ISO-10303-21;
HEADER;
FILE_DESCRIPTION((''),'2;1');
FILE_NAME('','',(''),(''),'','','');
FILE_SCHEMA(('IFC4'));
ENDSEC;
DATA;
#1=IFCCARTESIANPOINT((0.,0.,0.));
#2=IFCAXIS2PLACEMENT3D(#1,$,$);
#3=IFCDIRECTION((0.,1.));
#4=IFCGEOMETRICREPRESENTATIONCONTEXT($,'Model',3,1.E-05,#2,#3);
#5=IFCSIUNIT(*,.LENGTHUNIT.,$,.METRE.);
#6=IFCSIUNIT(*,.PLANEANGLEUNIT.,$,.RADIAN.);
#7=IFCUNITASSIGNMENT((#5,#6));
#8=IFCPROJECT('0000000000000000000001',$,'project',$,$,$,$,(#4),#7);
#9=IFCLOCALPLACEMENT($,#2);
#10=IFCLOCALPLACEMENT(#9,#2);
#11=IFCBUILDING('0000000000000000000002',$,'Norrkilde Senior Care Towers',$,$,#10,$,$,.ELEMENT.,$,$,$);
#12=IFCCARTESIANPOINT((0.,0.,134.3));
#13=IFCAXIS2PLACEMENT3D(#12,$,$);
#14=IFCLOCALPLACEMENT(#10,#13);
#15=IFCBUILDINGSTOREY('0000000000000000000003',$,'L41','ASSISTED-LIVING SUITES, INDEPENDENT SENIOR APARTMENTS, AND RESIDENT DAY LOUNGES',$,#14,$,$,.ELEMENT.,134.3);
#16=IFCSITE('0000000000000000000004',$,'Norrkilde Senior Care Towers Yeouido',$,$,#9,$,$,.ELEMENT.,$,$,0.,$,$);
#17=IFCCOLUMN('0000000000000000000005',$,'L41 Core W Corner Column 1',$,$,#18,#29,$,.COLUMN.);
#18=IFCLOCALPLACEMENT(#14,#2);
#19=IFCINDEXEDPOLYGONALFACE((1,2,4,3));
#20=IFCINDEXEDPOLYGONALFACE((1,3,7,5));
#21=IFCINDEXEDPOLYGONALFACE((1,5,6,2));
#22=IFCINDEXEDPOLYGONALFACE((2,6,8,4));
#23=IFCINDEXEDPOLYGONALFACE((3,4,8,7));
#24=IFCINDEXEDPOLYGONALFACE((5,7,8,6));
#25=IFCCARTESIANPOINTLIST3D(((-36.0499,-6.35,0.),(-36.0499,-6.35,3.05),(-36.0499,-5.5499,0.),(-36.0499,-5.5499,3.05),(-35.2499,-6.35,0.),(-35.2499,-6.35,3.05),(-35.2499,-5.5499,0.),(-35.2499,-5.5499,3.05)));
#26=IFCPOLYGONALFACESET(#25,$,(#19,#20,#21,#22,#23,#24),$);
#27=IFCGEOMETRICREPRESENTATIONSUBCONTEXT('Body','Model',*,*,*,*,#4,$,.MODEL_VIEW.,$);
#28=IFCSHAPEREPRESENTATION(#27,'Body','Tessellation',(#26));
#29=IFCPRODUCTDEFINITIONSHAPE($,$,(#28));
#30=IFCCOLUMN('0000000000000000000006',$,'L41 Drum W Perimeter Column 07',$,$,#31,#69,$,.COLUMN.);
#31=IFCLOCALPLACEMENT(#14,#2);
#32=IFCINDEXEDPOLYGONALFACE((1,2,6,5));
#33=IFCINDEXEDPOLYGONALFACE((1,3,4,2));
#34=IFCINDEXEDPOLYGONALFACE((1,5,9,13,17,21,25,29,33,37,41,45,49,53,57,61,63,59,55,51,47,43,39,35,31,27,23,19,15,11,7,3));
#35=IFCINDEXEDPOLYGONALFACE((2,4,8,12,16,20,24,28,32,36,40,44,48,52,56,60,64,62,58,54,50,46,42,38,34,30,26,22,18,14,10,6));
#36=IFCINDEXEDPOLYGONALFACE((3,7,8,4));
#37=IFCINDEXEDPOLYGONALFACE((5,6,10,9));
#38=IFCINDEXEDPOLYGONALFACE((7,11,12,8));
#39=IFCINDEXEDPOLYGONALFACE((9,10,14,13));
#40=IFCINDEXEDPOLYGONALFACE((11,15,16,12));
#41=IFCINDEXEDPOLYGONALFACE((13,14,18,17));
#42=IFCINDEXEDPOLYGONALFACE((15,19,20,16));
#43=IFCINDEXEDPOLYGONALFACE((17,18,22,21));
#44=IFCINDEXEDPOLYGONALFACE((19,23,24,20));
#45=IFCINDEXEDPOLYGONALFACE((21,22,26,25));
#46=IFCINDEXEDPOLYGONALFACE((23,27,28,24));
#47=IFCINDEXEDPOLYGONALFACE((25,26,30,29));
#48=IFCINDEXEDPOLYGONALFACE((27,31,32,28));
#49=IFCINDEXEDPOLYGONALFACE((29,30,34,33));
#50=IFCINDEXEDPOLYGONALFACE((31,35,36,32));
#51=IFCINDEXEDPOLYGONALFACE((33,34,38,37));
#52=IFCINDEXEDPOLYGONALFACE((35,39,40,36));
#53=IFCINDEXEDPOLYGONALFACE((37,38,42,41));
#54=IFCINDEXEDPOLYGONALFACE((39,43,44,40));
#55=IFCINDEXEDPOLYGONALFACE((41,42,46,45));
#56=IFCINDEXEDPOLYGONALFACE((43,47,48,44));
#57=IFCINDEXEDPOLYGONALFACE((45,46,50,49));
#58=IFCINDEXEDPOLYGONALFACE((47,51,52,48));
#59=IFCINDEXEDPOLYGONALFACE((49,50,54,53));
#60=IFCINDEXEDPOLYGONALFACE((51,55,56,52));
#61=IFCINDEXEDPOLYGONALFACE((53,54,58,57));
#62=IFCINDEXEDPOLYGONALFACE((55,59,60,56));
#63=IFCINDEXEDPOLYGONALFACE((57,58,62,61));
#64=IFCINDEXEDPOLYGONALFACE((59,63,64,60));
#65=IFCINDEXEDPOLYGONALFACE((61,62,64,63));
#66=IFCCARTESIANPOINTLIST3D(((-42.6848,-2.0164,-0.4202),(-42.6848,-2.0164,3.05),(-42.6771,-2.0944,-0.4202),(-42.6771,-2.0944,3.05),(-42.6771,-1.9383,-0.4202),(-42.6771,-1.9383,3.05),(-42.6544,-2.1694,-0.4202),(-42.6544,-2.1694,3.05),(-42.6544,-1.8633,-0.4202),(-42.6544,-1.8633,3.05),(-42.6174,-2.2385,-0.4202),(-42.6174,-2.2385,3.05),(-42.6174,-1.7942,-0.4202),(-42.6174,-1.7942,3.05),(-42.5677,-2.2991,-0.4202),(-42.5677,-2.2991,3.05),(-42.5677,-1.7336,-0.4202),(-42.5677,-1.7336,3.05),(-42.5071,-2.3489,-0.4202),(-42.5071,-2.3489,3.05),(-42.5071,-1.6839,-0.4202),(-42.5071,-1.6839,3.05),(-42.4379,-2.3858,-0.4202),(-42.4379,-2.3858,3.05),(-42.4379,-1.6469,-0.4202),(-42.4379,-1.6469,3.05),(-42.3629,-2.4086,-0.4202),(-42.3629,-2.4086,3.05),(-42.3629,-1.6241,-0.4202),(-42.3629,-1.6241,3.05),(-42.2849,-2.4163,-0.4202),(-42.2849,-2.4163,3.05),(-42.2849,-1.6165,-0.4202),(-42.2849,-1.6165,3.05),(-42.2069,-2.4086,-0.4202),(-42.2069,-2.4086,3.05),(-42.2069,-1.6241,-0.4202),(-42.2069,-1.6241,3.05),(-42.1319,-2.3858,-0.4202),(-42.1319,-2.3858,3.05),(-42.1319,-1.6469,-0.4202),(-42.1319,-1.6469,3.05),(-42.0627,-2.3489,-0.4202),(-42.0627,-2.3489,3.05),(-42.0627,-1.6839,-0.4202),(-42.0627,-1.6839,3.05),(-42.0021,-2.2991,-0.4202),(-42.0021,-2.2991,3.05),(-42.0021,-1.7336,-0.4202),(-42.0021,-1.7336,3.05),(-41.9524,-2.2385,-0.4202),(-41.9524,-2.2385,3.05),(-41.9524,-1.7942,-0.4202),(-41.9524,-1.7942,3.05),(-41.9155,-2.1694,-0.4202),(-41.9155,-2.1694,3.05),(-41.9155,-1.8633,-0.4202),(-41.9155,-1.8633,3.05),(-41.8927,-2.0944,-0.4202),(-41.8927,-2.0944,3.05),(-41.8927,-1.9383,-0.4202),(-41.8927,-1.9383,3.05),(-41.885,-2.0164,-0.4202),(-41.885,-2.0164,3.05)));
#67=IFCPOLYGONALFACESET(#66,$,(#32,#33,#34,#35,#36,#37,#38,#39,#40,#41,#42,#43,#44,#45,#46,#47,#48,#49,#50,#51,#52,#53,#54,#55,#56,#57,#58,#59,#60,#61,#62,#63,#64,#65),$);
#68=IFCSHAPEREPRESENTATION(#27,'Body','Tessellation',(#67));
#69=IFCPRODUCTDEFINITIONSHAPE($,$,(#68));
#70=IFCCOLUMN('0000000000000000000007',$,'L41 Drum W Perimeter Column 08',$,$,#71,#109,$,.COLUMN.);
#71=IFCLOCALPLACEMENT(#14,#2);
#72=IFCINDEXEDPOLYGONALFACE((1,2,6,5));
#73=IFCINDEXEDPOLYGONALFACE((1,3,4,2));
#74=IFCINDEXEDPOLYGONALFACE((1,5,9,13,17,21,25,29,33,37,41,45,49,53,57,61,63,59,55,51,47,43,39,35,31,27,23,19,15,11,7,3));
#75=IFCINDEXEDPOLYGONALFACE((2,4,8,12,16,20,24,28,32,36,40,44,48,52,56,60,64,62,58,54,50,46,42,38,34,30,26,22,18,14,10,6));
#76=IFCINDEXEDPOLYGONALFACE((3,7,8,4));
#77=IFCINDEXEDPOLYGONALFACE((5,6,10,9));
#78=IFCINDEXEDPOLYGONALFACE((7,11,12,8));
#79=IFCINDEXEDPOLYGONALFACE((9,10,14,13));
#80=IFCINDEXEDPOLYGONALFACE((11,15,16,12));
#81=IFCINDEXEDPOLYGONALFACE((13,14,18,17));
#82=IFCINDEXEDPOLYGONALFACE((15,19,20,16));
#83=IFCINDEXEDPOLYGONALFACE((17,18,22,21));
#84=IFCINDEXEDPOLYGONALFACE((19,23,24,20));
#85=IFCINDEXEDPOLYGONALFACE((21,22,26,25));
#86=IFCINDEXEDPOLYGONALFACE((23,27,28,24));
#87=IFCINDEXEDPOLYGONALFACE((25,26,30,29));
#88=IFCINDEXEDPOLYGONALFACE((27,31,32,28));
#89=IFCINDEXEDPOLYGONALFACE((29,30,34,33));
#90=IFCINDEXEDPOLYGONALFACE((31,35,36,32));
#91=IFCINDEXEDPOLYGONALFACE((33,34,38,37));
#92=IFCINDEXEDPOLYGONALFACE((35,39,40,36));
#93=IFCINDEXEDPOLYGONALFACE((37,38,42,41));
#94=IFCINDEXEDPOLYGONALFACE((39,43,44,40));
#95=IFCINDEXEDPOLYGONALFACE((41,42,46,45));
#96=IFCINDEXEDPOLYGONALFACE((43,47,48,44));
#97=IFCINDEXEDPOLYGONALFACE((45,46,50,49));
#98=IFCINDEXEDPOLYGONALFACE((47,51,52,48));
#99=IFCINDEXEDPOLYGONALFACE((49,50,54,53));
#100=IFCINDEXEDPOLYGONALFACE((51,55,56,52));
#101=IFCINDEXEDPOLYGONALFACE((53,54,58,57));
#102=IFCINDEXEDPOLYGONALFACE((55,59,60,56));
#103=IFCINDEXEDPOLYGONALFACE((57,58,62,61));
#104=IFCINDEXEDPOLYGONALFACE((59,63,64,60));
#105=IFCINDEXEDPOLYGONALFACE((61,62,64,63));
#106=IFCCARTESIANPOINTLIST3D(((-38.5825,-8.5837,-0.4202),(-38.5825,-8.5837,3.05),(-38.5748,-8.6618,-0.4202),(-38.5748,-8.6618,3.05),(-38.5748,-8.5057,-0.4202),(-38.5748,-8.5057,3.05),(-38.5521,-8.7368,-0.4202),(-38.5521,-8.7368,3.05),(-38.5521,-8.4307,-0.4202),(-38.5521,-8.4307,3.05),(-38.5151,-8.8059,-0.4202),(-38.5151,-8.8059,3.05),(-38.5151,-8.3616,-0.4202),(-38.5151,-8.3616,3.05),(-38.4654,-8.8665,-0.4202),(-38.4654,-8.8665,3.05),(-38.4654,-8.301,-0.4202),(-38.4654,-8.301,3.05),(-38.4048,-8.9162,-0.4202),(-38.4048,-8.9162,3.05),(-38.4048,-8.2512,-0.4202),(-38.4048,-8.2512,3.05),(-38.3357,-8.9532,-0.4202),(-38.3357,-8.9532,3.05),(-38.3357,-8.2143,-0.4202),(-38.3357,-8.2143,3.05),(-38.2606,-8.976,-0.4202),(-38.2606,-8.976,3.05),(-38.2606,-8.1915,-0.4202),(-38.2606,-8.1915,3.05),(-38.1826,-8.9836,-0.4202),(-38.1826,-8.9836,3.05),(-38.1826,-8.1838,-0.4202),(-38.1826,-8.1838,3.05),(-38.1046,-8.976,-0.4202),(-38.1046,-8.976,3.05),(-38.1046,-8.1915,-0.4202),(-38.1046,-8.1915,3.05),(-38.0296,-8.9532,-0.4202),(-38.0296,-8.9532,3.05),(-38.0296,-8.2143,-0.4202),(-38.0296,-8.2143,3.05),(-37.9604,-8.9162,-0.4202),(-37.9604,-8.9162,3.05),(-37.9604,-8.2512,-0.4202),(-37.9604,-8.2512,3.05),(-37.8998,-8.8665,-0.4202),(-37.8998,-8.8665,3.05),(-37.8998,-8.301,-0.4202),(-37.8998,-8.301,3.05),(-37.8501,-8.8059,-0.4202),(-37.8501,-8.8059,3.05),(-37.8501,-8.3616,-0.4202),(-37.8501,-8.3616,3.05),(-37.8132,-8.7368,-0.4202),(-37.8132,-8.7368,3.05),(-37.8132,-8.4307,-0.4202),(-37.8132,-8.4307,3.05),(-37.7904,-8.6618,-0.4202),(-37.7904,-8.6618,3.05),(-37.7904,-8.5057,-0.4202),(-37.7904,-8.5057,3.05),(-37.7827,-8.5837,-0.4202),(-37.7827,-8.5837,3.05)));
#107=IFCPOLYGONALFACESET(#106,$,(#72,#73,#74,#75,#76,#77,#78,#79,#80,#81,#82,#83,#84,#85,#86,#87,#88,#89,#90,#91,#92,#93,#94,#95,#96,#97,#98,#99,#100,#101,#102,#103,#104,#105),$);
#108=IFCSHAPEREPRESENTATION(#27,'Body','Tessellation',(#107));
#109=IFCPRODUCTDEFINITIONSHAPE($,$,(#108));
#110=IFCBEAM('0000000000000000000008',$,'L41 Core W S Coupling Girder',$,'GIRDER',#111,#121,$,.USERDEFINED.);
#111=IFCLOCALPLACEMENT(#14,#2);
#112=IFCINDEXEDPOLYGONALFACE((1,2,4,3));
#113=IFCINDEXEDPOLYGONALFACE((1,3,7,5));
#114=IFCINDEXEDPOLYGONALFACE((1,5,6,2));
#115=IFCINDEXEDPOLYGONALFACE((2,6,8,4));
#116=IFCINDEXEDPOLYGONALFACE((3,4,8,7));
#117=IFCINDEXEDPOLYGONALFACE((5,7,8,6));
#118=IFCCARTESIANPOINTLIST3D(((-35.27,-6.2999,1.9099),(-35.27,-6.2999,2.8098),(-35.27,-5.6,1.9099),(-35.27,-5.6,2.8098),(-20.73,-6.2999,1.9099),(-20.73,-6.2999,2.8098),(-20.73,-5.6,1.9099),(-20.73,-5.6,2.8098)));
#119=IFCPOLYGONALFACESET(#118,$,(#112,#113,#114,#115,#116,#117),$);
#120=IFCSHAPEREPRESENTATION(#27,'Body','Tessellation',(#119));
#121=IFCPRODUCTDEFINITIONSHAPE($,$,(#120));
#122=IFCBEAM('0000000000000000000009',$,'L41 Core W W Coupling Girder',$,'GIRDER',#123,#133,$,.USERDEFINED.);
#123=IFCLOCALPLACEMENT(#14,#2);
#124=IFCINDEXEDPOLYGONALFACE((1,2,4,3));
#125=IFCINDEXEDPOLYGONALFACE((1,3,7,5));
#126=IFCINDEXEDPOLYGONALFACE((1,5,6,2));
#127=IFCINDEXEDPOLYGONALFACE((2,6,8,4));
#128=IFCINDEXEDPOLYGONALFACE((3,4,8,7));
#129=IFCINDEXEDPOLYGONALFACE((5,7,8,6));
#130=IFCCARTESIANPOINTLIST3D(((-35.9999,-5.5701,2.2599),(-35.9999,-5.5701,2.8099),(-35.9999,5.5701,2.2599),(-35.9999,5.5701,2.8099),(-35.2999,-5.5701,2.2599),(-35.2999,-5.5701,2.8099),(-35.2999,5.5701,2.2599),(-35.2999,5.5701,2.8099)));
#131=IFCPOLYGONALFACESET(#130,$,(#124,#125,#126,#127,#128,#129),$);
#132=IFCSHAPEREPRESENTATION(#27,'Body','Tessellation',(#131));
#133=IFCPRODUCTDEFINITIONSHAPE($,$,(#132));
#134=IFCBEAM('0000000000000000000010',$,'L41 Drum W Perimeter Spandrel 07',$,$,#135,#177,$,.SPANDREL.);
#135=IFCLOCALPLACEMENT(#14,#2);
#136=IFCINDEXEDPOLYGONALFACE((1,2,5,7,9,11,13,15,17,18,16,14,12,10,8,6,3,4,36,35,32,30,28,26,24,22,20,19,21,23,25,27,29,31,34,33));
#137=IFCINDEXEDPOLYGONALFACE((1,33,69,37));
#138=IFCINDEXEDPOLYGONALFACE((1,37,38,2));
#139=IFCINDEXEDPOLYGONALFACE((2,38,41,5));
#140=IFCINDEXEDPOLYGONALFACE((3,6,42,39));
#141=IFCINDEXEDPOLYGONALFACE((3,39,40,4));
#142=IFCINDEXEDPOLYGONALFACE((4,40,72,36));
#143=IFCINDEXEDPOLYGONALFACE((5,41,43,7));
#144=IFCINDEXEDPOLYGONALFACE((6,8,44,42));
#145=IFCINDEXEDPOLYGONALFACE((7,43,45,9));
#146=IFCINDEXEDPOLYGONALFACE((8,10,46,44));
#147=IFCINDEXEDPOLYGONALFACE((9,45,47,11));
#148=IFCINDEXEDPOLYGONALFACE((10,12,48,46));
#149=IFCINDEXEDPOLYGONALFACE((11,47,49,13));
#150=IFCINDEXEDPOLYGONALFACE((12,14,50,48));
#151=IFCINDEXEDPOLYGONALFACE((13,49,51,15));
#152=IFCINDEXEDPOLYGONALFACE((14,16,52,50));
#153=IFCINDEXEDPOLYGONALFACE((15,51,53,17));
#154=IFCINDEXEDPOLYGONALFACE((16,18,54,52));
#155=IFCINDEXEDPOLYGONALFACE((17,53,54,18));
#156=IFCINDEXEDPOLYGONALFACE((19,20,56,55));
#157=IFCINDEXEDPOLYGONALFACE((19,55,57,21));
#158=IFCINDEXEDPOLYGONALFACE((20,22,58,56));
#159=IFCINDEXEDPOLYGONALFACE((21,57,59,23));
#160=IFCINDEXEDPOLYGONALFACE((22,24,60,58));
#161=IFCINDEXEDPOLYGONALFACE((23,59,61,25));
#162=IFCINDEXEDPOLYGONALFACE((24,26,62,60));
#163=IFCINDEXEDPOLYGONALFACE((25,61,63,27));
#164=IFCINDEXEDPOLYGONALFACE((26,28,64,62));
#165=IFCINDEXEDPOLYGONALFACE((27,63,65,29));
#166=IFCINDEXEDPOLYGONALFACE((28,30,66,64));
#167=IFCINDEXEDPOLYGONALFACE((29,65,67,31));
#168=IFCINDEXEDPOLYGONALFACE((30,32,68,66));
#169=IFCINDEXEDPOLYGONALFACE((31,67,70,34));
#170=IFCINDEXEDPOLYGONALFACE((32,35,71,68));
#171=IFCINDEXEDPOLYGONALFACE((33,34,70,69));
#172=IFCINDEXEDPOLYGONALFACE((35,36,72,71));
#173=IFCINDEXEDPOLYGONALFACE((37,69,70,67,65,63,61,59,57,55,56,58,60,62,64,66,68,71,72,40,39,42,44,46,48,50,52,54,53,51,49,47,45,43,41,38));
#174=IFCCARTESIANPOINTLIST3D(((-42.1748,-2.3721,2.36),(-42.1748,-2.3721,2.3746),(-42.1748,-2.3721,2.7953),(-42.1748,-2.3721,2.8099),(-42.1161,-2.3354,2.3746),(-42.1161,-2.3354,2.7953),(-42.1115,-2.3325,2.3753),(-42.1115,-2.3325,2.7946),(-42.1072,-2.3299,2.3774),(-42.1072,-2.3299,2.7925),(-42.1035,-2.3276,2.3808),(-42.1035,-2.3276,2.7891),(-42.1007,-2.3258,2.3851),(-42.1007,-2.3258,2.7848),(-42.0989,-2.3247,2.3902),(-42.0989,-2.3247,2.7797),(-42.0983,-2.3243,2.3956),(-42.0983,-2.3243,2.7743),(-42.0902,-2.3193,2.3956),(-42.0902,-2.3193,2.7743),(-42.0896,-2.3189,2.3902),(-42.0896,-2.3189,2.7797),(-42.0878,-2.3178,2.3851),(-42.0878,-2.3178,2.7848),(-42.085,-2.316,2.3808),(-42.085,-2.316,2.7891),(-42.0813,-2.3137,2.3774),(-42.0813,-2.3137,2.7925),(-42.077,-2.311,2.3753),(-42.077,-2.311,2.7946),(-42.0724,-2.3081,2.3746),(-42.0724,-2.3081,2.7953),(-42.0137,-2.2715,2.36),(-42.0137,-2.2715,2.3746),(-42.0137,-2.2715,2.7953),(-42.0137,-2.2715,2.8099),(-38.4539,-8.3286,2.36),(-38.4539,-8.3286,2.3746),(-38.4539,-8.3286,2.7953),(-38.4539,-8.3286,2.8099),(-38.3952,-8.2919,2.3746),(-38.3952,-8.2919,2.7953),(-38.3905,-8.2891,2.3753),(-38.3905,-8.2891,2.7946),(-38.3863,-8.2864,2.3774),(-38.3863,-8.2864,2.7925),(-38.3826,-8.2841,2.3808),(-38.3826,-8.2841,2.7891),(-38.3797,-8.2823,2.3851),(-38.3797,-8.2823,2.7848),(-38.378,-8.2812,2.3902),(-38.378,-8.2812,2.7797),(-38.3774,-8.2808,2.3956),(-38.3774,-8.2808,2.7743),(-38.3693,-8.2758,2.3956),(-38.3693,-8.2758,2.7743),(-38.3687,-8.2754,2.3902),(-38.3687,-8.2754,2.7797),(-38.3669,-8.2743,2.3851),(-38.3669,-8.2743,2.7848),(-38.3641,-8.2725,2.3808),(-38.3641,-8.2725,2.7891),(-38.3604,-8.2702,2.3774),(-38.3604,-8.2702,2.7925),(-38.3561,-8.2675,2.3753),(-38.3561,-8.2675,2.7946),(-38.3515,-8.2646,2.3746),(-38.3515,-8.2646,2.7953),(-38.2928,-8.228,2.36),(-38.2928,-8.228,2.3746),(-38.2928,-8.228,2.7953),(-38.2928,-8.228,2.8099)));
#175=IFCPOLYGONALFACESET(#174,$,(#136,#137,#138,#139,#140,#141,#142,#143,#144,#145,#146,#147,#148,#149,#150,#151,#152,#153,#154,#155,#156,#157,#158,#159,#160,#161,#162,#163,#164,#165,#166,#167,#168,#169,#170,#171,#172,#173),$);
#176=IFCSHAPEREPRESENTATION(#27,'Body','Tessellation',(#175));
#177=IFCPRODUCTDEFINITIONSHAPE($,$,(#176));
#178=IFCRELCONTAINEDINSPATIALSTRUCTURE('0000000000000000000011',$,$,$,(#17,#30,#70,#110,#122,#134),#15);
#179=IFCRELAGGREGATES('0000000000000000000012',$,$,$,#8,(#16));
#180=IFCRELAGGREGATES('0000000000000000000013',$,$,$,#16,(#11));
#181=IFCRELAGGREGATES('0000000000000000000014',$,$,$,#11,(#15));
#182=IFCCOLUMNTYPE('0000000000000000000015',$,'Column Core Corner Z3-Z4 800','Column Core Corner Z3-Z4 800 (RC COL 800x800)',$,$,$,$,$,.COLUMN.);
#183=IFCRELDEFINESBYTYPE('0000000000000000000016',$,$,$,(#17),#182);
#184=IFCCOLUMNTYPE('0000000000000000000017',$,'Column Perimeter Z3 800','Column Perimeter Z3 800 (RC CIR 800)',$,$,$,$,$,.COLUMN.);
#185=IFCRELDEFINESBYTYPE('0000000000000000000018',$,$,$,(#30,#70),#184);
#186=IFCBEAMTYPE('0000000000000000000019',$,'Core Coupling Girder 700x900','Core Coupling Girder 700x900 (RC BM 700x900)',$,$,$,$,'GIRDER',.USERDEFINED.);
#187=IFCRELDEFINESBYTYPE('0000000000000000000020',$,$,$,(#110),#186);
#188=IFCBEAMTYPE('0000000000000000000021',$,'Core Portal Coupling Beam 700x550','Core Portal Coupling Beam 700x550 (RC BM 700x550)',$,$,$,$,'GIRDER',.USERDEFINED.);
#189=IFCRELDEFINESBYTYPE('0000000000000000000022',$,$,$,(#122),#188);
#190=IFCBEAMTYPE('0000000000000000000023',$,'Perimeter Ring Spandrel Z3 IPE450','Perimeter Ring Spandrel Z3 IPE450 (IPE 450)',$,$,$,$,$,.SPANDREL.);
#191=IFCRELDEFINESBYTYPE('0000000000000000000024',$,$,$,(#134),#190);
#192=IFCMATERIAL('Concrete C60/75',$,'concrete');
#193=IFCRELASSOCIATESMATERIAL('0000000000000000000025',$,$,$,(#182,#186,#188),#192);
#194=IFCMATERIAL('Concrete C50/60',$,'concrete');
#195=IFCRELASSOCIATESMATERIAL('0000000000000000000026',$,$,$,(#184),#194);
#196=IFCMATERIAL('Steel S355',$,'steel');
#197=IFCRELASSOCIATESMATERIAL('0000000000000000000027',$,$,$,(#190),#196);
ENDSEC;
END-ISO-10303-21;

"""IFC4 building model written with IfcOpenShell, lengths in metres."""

from ifc_helpers import new_model, si_unit, direction, frame, origin, origin_2d, place, context, subcontext, project, spatial, rectangle, circle, i_section, extrude, source, transform, mapped, material, material_profile, profile_set, type_object, type_shapes, element, save


model = new_model("IFC4")

# Units and contexts
model_context = context("Model", 3, precision=1e-05, world=origin(), true_north=direction((0.0, 1.0)))
body_context = subcontext(model_context, "Body", "Model", "MODEL_VIEW")
ifc_project = project(units=[si_unit("LENGTHUNIT", "METRE"), si_unit("PLANEANGLEUNIT", "RADIAN")], contexts=[model_context])

# Site, building, storey
site_placement = place(None, origin())
site = spatial("IfcSite", under=ifc_project, at=site_placement, Name="Norrkilde Senior Care Towers Yeouido", CompositionType="ELEMENT", RefElevation=0.0)
building_placement = place(site_placement, origin())
building = spatial("IfcBuilding", under=site, at=building_placement, Name="Norrkilde Senior Care Towers", CompositionType="ELEMENT")
storey_placement = place(building_placement, frame((0.0, 0.0, 134.3)))
storey = spatial("IfcBuildingStorey", under=building, at=storey_placement, Name="L41", Description="ASSISTED-LIVING SUITES, INDEPENDENT SENIOR APARTMENTS, AND RESIDENT DAY LOUNGES", CompositionType="ELEMENT", Elevation=134.3)

# Columns
ifc_material_1 = material(Name="Concrete C60/75", Category="concrete")
ifc_material_profile_1 = material_profile(ifc_material_1, rectangle(XDim=0.8, YDim=0.8, at=origin_2d()), Name="RC COL 800x800")
ifc_profile_set_1 = profile_set([ifc_material_profile_1], Name="Concrete C60/75")
column_type_1 = type_object("IfcColumnType", Name="Column Core Corner Z3-Z4 800", Description="Column Core Corner Z3-Z4 800 (RC COL 800x800)", PredefinedType="COLUMN", material=ifc_profile_set_1)
shared_shape_1 = source(origin(), body_context, "Body", "SweptSolid", [
    extrude(rectangle(XDim=0.8, YDim=0.8, at=origin_2d()), origin(), (0.0, 0.0, 1.0), 3.05),
])
type_shapes(column_type_1, [shared_shape_1])
column_placement = place(storey_placement, frame((-35.6499, -5.95, 0.0), z_axis=(0.0, 0.0, 1.0), x_axis=(1.0, 0.0, 0.0)))
element("IfcColumn", 1, at=column_placement, inside=storey, type_object=column_type_1, Name="L41 Core W Corner Column 1", PredefinedType="COLUMN", context=body_context, shape_type="MappedRepresentation", body=[
    mapped(shared_shape_1, transform((0.0, 0.0, 0.0), x_axis=(1.0, 0.0, 0.0), y_axis=(0.0, 1.0, 0.0), z_axis=(0.0, 0.0, 1.0), scale=1.0)),
])
ifc_material_2 = material(Name="Concrete C50/60", Category="concrete")
ifc_material_profile_2 = material_profile(ifc_material_2, circle(Radius=0.3999, at=origin_2d()), Name="RC CIR 800")
ifc_profile_set_2 = profile_set([ifc_material_profile_2], Name="Concrete C50/60")
column_type_2 = type_object("IfcColumnType", Name="Column Perimeter Z3 800", Description="Column Perimeter Z3 800 (RC CIR 800)", PredefinedType="COLUMN", material=ifc_profile_set_2)
shared_shape_2 = source(origin(), body_context, "Body", "SweptSolid", [
    extrude(circle(Radius=0.3999, at=origin_2d()), origin(), (0.0, 0.0, 1.0), 3.4702),
])
type_shapes(column_type_2, [shared_shape_2])
for number, where, z_axis, x_axis, name in (
    (2, (-42.2849, -2.0164, -0.4202), (0.0, 0.0, 1.0), (1.0, 0.0, 0.0), "L41 Drum W Perimeter Column 07"),
    (3, (-38.1826, -8.5837, -0.4202), (0.0, 0.0, 1.0), (1.0, 0.0, 0.0), "L41 Drum W Perimeter Column 08"),
):
    element("IfcColumn", number, at=place(storey_placement, frame(where, z_axis=z_axis, x_axis=x_axis)), inside=storey, type_object=column_type_2, Name=name, PredefinedType="COLUMN", context=body_context, shape_type="MappedRepresentation", body=[
        mapped(shared_shape_2, transform((0.0, 0.0, 0.0), x_axis=(1.0, 0.0, 0.0), y_axis=(0.0, 1.0, 0.0), z_axis=(0.0, 0.0, 1.0), scale=1.0)),
    ])

# Beams
ifc_material_profile_3 = material_profile(ifc_material_1, rectangle(XDim=0.7, YDim=0.8999, at=origin_2d()), Name="RC BM 700x900")
ifc_profile_set_3 = profile_set([ifc_material_profile_3], Name="Concrete C60/75")
beam_type_1 = type_object("IfcBeamType", Name="Core Coupling Girder 700x900", Description="Core Coupling Girder 700x900 (RC BM 700x900)", ElementType="GIRDER", PredefinedType="USERDEFINED", material=ifc_profile_set_3)
shared_shape_3 = source(origin(), body_context, "Body", "SweptSolid", [
    extrude(rectangle(XDim=0.7, YDim=0.8999, at=origin_2d()), origin(), (0.0, 0.0, 1.0), 14.54),
])
type_shapes(beam_type_1, [shared_shape_3])
beam_1_placement = place(storey_placement, frame((-35.27, -5.95, 2.3599), z_axis=(1.0, 0.0, 0.0), x_axis=(0.0, 1.0, 0.0)))
element("IfcBeam", 4, at=beam_1_placement, inside=storey, type_object=beam_type_1, Name="L41 Core W S Coupling Girder", ObjectType="GIRDER", PredefinedType="USERDEFINED", context=body_context, shape_type="MappedRepresentation", body=[
    mapped(shared_shape_3, transform((0.0, 0.0, 0.0), x_axis=(1.0, 0.0, 0.0), y_axis=(0.0, 1.0, 0.0), z_axis=(0.0, 0.0, 1.0), scale=1.0)),
])
ifc_material_profile_4 = material_profile(ifc_material_1, rectangle(XDim=0.7, YDim=0.55, at=origin_2d()), Name="RC BM 700x550")
ifc_profile_set_4 = profile_set([ifc_material_profile_4], Name="Concrete C60/75")
beam_type_2 = type_object("IfcBeamType", Name="Core Portal Coupling Beam 700x550", Description="Core Portal Coupling Beam 700x550 (RC BM 700x550)", ElementType="GIRDER", PredefinedType="USERDEFINED", material=ifc_profile_set_4)
shared_shape_4 = source(origin(), body_context, "Body", "SweptSolid", [
    extrude(rectangle(XDim=0.7, YDim=0.55, at=origin_2d()), origin(), (0.0, 0.0, 1.0), 11.1401),
])
type_shapes(beam_type_2, [shared_shape_4])
beam_2_placement = place(storey_placement, frame((-35.6499, -5.5701, 2.5349), z_axis=(0.0, 1.0, 0.0), x_axis=(-1.0, 0.0, 0.0)))
element("IfcBeam", 5, at=beam_2_placement, inside=storey, type_object=beam_type_2, Name="L41 Core W W Coupling Girder", ObjectType="GIRDER", PredefinedType="USERDEFINED", context=body_context, shape_type="MappedRepresentation", body=[
    mapped(shared_shape_4, transform((0.0, 0.0, 0.0), x_axis=(1.0, 0.0, 0.0), y_axis=(0.0, 1.0, 0.0), z_axis=(0.0, 0.0, 1.0), scale=1.0)),
])
ifc_material_3 = material(Name="Steel S355", Category="steel")
ifc_material_profile_5 = material_profile(ifc_material_3, i_section(OverallWidth=0.1899, OverallDepth=0.45, WebThickness=0.0095, FlangeThickness=0.0146, FilletRadius=0.021, at=origin_2d()), Name="IPE 450")
ifc_profile_set_5 = profile_set([ifc_material_profile_5], Name="Steel S355")
beam_type_3 = type_object("IfcBeamType", Name="Perimeter Ring Spandrel Z3 IPE450", Description="Perimeter Ring Spandrel Z3 IPE450 (IPE 450)", PredefinedType="SPANDREL", material=ifc_profile_set_5)
shared_shape_5 = source(origin(), body_context, "Body", "SweptSolid", [
    extrude(i_section(OverallWidth=0.1899, OverallDepth=0.45, WebThickness=0.0095, FlangeThickness=0.0146, FilletRadius=0.021, at=origin_2d()), origin(), (0.0, 0.0, 1.0), 7.0232),
])
beam_3_placement = place(storey_placement, frame((-42.0942, -2.3218, 2.585), z_axis=(0.529805, -0.848119, 0.0), x_axis=(0.848119, 0.529805, 0.0)))
element("IfcBeam", 6, at=beam_3_placement, inside=storey, type_object=beam_type_3, Name="L41 Drum W Perimeter Spandrel 07", PredefinedType="SPANDREL", context=body_context, shape_type="MappedRepresentation", body=[
    mapped(shared_shape_5, transform((0.0, 0.0, 0.0), x_axis=(1.0, 0.0, 0.0), y_axis=(0.0, 1.0, 0.0), z_axis=(0.0, 0.0, 1.0), scale=1.0)),
])

save(model, "model.ifc")
